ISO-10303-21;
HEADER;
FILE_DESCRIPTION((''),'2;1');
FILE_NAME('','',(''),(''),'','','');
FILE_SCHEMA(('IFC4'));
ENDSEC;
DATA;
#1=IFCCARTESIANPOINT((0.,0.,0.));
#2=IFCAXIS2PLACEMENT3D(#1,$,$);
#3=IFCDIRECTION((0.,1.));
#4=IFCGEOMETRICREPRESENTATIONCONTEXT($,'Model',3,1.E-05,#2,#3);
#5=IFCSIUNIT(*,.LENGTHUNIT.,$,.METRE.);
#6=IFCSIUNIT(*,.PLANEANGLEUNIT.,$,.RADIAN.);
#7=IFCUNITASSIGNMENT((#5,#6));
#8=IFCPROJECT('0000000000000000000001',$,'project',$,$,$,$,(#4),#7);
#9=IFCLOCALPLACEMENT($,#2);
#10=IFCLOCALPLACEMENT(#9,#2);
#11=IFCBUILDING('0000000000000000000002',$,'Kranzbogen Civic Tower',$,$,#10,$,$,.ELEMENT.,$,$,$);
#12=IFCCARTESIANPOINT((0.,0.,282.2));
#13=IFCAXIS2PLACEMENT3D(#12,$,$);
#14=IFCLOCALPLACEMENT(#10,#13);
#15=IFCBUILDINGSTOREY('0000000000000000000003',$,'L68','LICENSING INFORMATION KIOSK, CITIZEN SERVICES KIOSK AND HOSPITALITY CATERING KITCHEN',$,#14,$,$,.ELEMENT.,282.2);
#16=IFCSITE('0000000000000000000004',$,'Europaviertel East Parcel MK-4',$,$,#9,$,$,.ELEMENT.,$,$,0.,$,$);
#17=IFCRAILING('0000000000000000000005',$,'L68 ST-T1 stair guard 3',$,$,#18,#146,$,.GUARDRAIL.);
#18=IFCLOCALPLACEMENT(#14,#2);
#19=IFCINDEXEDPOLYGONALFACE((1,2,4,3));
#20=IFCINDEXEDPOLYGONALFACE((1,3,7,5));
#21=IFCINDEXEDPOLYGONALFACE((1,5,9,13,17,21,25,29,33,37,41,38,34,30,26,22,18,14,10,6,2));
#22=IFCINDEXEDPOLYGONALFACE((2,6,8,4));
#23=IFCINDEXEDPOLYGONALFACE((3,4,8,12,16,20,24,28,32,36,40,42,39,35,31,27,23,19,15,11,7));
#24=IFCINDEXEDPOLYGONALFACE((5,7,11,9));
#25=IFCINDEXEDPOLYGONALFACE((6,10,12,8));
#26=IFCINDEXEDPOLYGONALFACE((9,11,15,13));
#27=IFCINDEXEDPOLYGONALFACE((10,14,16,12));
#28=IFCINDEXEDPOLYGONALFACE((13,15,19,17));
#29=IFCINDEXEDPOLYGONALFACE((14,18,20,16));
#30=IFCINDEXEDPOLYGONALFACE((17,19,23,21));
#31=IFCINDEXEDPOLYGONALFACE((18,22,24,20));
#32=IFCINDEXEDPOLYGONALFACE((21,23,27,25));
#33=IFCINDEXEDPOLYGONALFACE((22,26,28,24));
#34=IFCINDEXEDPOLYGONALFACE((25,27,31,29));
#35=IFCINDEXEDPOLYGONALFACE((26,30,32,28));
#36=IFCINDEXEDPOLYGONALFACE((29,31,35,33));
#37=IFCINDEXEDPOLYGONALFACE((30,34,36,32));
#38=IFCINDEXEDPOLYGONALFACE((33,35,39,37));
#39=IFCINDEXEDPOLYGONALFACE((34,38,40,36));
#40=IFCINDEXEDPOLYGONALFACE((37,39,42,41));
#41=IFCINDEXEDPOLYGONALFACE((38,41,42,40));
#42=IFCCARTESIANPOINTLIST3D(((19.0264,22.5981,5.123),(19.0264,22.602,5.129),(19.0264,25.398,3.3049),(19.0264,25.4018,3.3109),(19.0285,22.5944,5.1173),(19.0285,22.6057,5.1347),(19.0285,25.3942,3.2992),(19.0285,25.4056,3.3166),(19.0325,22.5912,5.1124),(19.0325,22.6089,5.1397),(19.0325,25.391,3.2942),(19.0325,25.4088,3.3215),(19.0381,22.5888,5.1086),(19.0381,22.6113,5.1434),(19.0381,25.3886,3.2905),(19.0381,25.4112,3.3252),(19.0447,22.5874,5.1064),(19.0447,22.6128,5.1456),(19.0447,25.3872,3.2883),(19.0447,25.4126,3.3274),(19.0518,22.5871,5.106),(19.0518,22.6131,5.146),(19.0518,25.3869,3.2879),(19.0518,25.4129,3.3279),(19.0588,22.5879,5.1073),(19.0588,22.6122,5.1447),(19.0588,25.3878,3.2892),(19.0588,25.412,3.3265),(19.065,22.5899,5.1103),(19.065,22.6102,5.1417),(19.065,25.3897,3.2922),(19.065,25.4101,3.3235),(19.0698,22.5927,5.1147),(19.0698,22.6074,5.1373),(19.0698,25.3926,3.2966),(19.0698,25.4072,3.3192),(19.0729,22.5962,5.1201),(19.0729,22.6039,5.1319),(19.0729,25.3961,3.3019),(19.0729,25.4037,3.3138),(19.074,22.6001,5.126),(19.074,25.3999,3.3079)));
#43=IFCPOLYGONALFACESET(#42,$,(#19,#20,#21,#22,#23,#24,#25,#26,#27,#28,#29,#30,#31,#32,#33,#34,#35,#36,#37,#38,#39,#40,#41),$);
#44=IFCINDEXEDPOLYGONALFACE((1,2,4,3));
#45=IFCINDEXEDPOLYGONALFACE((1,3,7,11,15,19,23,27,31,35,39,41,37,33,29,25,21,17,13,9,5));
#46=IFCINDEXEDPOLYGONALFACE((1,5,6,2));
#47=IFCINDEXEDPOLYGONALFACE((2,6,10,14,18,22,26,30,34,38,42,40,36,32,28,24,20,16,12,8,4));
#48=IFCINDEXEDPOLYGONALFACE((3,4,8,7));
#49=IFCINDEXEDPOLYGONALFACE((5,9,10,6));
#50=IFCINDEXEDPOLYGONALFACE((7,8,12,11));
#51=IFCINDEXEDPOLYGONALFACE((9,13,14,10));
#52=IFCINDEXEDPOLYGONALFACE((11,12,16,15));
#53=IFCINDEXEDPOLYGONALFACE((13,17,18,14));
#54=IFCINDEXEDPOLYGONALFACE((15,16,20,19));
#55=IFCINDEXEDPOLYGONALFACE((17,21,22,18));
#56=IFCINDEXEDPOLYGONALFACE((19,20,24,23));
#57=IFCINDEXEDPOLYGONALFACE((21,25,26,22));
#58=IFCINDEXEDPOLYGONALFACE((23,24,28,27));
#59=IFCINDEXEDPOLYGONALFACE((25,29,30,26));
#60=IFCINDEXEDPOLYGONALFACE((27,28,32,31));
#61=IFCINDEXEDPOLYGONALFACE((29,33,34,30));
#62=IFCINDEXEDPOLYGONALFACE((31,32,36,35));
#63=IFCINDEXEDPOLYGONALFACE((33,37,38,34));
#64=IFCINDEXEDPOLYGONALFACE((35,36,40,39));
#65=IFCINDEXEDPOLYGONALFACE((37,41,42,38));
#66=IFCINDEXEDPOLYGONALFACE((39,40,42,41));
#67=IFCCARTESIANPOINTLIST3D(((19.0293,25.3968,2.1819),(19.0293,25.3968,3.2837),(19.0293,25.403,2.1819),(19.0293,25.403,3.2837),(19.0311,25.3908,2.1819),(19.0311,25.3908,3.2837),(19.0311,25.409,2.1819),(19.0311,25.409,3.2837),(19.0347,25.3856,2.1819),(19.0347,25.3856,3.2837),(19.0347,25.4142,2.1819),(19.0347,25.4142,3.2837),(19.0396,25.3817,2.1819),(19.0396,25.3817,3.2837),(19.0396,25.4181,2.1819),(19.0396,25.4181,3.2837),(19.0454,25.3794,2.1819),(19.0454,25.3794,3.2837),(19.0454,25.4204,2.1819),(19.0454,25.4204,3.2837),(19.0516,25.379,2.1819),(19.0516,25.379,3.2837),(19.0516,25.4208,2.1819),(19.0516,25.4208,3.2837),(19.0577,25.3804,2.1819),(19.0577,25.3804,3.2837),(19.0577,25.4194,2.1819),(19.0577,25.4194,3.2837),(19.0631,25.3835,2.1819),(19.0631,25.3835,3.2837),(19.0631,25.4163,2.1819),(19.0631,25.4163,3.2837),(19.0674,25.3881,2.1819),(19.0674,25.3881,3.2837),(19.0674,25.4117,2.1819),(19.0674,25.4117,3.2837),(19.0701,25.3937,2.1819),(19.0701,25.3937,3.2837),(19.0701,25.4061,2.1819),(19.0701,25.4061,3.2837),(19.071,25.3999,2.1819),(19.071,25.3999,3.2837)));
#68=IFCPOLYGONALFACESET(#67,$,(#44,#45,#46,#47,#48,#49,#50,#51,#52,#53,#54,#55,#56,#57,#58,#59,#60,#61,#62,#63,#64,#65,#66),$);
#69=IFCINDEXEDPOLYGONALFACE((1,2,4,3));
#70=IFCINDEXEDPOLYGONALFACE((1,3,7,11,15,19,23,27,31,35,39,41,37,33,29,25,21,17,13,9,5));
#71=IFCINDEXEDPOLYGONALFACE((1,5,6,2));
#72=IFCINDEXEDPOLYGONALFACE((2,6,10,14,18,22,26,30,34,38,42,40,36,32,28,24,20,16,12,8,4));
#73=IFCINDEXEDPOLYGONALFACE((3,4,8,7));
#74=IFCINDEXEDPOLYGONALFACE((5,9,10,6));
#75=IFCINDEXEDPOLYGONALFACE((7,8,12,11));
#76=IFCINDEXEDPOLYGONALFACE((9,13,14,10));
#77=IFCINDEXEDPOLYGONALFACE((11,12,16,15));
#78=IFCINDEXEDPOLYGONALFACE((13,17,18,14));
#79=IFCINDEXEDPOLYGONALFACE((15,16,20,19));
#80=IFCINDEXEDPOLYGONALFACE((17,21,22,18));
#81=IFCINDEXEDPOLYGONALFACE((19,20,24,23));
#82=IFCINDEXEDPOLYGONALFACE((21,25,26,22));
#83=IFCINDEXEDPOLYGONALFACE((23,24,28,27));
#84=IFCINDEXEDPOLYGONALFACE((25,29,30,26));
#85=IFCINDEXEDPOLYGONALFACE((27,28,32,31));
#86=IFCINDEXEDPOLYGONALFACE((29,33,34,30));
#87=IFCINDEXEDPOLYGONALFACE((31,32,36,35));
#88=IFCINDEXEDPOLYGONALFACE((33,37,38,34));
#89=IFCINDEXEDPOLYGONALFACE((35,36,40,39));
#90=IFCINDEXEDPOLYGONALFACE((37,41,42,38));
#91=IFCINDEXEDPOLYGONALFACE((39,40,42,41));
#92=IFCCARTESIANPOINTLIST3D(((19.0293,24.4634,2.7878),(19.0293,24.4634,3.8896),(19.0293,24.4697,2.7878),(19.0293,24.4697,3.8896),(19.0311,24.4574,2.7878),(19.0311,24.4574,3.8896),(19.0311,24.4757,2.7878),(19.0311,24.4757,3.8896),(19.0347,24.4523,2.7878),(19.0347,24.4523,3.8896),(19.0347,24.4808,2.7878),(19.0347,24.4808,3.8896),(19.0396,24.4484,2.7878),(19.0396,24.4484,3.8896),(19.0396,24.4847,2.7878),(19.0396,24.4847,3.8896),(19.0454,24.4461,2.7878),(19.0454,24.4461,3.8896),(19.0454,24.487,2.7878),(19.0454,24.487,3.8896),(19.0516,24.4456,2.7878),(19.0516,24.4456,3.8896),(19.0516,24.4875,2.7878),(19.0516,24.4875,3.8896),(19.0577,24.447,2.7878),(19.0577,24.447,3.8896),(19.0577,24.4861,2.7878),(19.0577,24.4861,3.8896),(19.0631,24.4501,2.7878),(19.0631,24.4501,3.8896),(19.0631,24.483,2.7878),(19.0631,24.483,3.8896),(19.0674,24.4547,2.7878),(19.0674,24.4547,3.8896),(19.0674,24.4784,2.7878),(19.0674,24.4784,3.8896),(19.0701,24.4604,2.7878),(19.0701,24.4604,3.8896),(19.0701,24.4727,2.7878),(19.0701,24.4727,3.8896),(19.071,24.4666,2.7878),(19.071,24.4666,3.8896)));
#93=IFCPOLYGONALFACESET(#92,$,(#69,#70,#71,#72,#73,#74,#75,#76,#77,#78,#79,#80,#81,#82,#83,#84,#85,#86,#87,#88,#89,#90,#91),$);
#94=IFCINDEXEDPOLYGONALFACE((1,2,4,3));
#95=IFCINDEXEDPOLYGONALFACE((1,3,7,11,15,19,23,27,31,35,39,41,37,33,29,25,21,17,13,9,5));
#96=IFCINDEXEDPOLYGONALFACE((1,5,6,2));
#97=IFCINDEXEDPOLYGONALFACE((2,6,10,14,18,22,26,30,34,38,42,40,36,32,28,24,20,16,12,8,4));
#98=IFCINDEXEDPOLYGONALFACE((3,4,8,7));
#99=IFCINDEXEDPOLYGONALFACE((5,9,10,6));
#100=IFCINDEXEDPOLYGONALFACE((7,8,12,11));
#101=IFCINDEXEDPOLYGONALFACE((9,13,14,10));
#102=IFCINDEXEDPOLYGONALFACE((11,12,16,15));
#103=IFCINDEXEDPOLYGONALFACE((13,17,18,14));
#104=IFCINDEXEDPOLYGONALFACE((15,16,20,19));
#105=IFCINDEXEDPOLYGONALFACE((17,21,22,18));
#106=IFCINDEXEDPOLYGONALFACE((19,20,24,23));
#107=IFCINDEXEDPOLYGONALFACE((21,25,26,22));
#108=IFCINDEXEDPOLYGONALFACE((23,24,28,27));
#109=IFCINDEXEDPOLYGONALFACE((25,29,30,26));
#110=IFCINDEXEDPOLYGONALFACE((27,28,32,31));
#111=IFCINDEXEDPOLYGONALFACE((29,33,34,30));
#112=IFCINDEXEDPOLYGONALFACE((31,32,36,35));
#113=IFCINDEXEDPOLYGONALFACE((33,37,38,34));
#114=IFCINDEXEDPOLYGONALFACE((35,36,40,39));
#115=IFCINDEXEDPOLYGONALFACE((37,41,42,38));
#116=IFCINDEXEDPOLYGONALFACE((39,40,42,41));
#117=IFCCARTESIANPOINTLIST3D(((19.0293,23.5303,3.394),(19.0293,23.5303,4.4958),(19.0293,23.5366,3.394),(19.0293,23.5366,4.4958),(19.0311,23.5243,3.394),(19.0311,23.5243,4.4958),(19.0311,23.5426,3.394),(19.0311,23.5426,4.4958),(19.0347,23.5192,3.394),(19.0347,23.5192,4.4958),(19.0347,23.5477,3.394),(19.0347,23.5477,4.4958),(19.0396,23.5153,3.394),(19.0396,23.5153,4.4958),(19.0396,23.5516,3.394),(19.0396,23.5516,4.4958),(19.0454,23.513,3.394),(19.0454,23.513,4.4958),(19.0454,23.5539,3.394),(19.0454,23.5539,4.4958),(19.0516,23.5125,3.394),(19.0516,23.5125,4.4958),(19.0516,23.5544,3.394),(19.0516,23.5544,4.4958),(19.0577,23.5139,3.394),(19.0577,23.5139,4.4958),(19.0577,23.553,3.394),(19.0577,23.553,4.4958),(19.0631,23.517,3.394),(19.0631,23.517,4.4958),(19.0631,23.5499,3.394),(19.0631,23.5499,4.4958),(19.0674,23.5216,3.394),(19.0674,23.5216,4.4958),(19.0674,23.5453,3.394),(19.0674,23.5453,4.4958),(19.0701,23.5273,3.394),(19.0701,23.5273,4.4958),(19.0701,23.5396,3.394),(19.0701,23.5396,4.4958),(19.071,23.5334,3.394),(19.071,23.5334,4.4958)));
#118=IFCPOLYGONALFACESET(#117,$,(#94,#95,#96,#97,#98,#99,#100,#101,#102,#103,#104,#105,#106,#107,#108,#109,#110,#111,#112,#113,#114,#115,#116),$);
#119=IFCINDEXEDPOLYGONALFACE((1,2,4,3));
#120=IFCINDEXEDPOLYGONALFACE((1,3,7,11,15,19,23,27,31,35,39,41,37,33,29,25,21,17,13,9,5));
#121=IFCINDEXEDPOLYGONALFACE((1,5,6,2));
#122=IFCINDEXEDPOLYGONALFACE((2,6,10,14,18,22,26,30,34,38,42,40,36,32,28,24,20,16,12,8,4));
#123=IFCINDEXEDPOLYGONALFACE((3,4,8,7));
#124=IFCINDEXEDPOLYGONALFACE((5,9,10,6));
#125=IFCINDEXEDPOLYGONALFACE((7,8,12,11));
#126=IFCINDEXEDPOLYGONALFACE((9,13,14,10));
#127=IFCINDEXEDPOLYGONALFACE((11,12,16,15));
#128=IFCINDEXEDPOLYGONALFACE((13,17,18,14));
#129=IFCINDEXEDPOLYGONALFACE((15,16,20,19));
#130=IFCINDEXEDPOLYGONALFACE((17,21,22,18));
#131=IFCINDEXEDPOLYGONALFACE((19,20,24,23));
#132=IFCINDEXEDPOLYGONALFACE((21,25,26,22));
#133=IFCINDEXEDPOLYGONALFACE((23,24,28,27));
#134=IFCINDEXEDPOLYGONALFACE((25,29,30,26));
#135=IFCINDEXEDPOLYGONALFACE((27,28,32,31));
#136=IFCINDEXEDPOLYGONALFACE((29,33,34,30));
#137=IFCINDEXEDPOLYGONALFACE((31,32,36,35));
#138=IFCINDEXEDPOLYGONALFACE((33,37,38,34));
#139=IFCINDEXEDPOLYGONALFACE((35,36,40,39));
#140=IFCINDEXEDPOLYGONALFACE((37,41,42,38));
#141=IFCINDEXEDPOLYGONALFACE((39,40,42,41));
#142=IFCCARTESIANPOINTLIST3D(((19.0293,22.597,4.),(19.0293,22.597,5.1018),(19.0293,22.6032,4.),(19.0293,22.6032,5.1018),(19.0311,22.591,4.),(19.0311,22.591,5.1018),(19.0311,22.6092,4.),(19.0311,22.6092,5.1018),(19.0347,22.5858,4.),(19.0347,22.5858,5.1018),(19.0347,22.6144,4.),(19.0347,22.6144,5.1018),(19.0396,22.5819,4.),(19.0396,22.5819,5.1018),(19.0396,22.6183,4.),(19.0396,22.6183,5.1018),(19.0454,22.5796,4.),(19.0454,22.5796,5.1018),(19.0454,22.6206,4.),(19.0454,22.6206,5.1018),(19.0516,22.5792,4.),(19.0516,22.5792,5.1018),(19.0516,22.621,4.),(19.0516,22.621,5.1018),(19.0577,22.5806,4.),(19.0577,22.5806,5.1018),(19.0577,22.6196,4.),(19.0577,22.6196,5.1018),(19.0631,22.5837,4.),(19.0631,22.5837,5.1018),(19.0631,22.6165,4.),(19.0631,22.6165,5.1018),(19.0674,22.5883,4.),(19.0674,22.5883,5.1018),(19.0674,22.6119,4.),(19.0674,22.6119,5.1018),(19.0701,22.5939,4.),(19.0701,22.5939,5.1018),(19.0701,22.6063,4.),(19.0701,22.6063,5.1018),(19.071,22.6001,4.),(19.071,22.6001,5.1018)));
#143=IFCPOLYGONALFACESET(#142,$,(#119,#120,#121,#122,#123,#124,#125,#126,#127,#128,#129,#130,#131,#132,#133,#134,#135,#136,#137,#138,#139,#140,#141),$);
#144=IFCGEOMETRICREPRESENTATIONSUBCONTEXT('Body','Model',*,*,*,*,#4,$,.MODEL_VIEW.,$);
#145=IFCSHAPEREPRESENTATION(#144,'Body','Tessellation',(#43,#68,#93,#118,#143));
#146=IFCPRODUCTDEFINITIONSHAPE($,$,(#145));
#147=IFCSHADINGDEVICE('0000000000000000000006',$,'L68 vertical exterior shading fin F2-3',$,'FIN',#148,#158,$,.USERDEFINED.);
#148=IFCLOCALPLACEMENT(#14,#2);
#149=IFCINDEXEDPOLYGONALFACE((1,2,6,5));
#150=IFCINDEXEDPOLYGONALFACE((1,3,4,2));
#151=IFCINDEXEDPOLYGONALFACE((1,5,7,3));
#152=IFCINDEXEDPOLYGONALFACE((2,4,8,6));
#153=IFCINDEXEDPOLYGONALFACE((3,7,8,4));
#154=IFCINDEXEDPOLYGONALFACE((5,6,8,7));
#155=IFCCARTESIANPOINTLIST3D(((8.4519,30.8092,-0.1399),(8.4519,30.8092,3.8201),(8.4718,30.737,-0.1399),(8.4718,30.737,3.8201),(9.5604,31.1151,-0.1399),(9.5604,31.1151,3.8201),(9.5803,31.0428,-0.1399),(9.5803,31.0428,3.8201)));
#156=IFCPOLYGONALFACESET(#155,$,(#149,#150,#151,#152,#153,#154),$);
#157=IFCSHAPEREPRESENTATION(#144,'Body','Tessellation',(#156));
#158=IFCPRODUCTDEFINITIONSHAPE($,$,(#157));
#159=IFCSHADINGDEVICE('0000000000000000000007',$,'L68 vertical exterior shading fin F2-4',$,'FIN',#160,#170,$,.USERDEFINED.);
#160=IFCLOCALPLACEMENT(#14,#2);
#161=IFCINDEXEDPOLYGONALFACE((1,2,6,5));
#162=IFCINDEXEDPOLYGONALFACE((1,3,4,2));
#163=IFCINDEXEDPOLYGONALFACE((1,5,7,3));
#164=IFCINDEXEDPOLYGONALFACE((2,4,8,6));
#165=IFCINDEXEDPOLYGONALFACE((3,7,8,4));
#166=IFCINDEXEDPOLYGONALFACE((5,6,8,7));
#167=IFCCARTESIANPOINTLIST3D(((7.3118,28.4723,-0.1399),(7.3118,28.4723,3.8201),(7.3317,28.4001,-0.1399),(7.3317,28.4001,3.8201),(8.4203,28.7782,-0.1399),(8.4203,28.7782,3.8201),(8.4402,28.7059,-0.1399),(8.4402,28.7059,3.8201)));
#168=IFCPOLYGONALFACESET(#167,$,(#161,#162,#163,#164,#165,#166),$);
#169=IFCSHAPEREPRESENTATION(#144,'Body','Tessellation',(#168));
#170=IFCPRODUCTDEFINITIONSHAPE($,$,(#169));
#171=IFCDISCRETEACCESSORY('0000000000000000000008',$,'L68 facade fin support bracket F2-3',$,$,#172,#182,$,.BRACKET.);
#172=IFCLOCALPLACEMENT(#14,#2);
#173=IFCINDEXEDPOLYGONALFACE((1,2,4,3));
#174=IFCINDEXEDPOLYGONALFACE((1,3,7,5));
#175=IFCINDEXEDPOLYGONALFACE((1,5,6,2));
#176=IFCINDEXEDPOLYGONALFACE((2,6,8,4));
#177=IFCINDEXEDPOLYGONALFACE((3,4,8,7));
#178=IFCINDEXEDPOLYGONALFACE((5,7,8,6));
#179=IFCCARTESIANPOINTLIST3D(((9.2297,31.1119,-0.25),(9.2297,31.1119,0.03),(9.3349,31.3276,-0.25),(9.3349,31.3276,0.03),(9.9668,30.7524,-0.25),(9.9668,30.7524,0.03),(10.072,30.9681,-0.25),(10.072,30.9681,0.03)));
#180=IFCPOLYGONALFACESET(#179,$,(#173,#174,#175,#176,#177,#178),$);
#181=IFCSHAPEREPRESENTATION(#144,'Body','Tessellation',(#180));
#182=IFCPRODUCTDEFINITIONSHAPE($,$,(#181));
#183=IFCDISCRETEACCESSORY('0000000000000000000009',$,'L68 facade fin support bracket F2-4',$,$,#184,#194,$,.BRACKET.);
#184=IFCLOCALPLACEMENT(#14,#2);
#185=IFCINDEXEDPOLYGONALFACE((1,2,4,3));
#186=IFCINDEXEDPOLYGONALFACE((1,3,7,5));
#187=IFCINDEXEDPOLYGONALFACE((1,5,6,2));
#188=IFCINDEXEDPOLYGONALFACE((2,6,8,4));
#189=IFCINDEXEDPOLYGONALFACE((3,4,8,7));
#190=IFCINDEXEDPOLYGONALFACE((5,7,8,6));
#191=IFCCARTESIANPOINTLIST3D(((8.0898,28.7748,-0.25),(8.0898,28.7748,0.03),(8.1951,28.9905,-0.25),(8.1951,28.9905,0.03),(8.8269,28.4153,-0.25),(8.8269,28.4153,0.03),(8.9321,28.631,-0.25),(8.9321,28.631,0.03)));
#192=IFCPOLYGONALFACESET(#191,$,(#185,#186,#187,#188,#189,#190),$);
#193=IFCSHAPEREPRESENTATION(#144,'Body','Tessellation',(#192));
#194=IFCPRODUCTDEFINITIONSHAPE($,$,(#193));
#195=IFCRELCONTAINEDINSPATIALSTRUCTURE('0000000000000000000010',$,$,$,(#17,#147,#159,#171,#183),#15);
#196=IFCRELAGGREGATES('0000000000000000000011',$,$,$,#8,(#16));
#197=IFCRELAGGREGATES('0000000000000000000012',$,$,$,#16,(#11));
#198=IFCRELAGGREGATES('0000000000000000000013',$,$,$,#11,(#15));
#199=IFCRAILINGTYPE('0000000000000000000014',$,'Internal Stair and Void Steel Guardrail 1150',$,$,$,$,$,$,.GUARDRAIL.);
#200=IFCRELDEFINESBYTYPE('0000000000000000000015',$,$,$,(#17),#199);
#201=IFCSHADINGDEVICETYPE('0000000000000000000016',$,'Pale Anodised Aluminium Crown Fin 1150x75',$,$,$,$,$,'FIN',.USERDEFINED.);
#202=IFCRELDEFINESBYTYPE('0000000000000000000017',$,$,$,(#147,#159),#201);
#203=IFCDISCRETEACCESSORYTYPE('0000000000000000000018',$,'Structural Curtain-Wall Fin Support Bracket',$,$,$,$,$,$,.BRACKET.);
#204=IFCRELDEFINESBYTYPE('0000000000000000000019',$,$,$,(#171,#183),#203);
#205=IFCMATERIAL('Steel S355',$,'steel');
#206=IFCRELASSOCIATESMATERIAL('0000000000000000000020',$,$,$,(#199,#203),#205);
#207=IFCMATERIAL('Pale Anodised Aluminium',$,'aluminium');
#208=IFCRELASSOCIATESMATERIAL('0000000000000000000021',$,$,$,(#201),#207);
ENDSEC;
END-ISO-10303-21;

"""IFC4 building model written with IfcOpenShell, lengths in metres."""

from ifc_helpers import new_model, si_unit, direction, frame, origin, origin_2d, place, context, subcontext, project, spatial, rectangle, circle, extrude, material, type_object, element, save


model = new_model("IFC4")

# Units and contexts
model_context = context("Model", 3, precision=1e-05, world=origin(), true_north=direction((0.0, 1.0)))
body_context = subcontext(model_context, "Body", "Model", "MODEL_VIEW")
ifc_project = project(units=[si_unit("LENGTHUNIT", "METRE"), si_unit("PLANEANGLEUNIT", "RADIAN")], contexts=[model_context])

# Site, building, storey
site_placement = place(None, origin())
site = spatial("IfcSite", under=ifc_project, at=site_placement, Name="Europaviertel East Parcel MK-4", CompositionType="ELEMENT", RefElevation=0.0)
building_placement = place(site_placement, origin())
building = spatial("IfcBuilding", under=site, at=building_placement, Name="Kranzbogen Civic Tower", CompositionType="ELEMENT")
storey_placement = place(building_placement, frame((0.0, 0.0, 282.2)))
storey = spatial("IfcBuildingStorey", under=building, at=storey_placement, Name="L68", Description="LICENSING INFORMATION KIOSK, CITIZEN SERVICES KIOSK AND HOSPITALITY CATERING KITCHEN", CompositionType="ELEMENT", Elevation=282.2)

# Shared definitions
ifc_material_1 = material(Name="Steel S355", Category="steel")

# Shared definitions
ifc_material_2 = material(Name="Pale Anodised Aluminium", Category="aluminium")

# Railing
railing_type = type_object("IfcRailingType", Name="Internal Stair and Void Steel Guardrail 1150", PredefinedType="GUARDRAIL", material=ifc_material_1)
railing_1_placement = place(storey_placement, frame((19.05, 25.3999, 2.1819)))
element("IfcRailing", 1, at=railing_1_placement, inside=storey, type_object=railing_type, Name="L68 ST-T1 stair guard 3", PredefinedType="GUARDRAIL", context=body_context, shape_type="SweptSolid", body=[
    extrude(circle(Radius=0.0239, at=origin_2d()), frame((0.0, 0.0, 1.126), z_axis=(0.0, -0.838684, 0.544618), x_axis=(1.0, 0.0, 0.0)), (0.0, 0.0, 1.0), 3.3384),
    extrude(circle(Radius=0.021, at=origin_2d()), origin(), (0.0, 0.0, 1.0), 1.1018),
    extrude(circle(Radius=0.021, at=origin_2d()), frame((0.0, -0.9333, 0.606)), (0.0, 0.0, 1.0), 1.1018),
    extrude(circle(Radius=0.021, at=origin_2d()), frame((0.0, -1.8665, 1.2122)), (0.0, 0.0, 1.0), 1.1018),
    extrude(circle(Radius=0.021, at=origin_2d()), frame((0.0, -2.7998, 1.8181)), (0.0, 0.0, 1.0), 1.1018),
])

# Shading devices
shading_device_type = type_object("IfcShadingDeviceType", Name="Pale Anodised Aluminium Crown Fin 1150x75", ElementType="FIN", PredefinedType="USERDEFINED", material=ifc_material_2)
for number, where, z_axis, x_axis, name in (
    (2, (9.0161, 30.926, -0.1399), (0.0, 0.0, 1.0), (-0.963979, -0.265977, 0.0), "L68 vertical exterior shading fin F2-3"),
    (3, (7.876, 28.5891, -0.1399), (0.0, 0.0, 1.0), (-0.963979, -0.265977, 0.0), "L68 vertical exterior shading fin F2-4"),
):
    element("IfcShadingDevice", number, at=place(storey_placement, frame(where, z_axis=z_axis, x_axis=x_axis)), inside=storey, type_object=shading_device_type, Name=name, ObjectType="FIN", PredefinedType="USERDEFINED", context=body_context, shape_type="SweptSolid", body=[
        extrude(rectangle(XDim=1.1499, YDim=0.075, at=origin_2d()), origin(), (0.0, 0.0, 1.0), 3.96),
    ])

# Discrete accessories
discrete_accessory_type = type_object("IfcDiscreteAccessoryType", Name="Structural Curtain-Wall Fin Support Bracket", PredefinedType="BRACKET", material=ifc_material_1)
for number, where, z_axis, x_axis, name in (
    (4, (9.6509, 31.04, -0.25), (0.0, 0.0, 1.0), (-0.898794, 0.438371, 0.0), "L68 facade fin support bracket F2-3"),
    (5, (8.511, 28.7029, -0.25), (0.0, 0.0, 1.0), (-0.898794, 0.438371, 0.0), "L68 facade fin support bracket F2-4"),
):
    element("IfcDiscreteAccessory", number, at=place(storey_placement, frame(where, z_axis=z_axis, x_axis=x_axis)), inside=storey, type_object=discrete_accessory_type, Name=name, PredefinedType="BRACKET", context=body_context, shape_type="SweptSolid", body=[
        extrude(rectangle(XDim=0.8201, YDim=0.24, at=origin_2d()), origin(), (0.0, 0.0, 1.0), 0.28),
    ])

save(model, "model.ifc")
